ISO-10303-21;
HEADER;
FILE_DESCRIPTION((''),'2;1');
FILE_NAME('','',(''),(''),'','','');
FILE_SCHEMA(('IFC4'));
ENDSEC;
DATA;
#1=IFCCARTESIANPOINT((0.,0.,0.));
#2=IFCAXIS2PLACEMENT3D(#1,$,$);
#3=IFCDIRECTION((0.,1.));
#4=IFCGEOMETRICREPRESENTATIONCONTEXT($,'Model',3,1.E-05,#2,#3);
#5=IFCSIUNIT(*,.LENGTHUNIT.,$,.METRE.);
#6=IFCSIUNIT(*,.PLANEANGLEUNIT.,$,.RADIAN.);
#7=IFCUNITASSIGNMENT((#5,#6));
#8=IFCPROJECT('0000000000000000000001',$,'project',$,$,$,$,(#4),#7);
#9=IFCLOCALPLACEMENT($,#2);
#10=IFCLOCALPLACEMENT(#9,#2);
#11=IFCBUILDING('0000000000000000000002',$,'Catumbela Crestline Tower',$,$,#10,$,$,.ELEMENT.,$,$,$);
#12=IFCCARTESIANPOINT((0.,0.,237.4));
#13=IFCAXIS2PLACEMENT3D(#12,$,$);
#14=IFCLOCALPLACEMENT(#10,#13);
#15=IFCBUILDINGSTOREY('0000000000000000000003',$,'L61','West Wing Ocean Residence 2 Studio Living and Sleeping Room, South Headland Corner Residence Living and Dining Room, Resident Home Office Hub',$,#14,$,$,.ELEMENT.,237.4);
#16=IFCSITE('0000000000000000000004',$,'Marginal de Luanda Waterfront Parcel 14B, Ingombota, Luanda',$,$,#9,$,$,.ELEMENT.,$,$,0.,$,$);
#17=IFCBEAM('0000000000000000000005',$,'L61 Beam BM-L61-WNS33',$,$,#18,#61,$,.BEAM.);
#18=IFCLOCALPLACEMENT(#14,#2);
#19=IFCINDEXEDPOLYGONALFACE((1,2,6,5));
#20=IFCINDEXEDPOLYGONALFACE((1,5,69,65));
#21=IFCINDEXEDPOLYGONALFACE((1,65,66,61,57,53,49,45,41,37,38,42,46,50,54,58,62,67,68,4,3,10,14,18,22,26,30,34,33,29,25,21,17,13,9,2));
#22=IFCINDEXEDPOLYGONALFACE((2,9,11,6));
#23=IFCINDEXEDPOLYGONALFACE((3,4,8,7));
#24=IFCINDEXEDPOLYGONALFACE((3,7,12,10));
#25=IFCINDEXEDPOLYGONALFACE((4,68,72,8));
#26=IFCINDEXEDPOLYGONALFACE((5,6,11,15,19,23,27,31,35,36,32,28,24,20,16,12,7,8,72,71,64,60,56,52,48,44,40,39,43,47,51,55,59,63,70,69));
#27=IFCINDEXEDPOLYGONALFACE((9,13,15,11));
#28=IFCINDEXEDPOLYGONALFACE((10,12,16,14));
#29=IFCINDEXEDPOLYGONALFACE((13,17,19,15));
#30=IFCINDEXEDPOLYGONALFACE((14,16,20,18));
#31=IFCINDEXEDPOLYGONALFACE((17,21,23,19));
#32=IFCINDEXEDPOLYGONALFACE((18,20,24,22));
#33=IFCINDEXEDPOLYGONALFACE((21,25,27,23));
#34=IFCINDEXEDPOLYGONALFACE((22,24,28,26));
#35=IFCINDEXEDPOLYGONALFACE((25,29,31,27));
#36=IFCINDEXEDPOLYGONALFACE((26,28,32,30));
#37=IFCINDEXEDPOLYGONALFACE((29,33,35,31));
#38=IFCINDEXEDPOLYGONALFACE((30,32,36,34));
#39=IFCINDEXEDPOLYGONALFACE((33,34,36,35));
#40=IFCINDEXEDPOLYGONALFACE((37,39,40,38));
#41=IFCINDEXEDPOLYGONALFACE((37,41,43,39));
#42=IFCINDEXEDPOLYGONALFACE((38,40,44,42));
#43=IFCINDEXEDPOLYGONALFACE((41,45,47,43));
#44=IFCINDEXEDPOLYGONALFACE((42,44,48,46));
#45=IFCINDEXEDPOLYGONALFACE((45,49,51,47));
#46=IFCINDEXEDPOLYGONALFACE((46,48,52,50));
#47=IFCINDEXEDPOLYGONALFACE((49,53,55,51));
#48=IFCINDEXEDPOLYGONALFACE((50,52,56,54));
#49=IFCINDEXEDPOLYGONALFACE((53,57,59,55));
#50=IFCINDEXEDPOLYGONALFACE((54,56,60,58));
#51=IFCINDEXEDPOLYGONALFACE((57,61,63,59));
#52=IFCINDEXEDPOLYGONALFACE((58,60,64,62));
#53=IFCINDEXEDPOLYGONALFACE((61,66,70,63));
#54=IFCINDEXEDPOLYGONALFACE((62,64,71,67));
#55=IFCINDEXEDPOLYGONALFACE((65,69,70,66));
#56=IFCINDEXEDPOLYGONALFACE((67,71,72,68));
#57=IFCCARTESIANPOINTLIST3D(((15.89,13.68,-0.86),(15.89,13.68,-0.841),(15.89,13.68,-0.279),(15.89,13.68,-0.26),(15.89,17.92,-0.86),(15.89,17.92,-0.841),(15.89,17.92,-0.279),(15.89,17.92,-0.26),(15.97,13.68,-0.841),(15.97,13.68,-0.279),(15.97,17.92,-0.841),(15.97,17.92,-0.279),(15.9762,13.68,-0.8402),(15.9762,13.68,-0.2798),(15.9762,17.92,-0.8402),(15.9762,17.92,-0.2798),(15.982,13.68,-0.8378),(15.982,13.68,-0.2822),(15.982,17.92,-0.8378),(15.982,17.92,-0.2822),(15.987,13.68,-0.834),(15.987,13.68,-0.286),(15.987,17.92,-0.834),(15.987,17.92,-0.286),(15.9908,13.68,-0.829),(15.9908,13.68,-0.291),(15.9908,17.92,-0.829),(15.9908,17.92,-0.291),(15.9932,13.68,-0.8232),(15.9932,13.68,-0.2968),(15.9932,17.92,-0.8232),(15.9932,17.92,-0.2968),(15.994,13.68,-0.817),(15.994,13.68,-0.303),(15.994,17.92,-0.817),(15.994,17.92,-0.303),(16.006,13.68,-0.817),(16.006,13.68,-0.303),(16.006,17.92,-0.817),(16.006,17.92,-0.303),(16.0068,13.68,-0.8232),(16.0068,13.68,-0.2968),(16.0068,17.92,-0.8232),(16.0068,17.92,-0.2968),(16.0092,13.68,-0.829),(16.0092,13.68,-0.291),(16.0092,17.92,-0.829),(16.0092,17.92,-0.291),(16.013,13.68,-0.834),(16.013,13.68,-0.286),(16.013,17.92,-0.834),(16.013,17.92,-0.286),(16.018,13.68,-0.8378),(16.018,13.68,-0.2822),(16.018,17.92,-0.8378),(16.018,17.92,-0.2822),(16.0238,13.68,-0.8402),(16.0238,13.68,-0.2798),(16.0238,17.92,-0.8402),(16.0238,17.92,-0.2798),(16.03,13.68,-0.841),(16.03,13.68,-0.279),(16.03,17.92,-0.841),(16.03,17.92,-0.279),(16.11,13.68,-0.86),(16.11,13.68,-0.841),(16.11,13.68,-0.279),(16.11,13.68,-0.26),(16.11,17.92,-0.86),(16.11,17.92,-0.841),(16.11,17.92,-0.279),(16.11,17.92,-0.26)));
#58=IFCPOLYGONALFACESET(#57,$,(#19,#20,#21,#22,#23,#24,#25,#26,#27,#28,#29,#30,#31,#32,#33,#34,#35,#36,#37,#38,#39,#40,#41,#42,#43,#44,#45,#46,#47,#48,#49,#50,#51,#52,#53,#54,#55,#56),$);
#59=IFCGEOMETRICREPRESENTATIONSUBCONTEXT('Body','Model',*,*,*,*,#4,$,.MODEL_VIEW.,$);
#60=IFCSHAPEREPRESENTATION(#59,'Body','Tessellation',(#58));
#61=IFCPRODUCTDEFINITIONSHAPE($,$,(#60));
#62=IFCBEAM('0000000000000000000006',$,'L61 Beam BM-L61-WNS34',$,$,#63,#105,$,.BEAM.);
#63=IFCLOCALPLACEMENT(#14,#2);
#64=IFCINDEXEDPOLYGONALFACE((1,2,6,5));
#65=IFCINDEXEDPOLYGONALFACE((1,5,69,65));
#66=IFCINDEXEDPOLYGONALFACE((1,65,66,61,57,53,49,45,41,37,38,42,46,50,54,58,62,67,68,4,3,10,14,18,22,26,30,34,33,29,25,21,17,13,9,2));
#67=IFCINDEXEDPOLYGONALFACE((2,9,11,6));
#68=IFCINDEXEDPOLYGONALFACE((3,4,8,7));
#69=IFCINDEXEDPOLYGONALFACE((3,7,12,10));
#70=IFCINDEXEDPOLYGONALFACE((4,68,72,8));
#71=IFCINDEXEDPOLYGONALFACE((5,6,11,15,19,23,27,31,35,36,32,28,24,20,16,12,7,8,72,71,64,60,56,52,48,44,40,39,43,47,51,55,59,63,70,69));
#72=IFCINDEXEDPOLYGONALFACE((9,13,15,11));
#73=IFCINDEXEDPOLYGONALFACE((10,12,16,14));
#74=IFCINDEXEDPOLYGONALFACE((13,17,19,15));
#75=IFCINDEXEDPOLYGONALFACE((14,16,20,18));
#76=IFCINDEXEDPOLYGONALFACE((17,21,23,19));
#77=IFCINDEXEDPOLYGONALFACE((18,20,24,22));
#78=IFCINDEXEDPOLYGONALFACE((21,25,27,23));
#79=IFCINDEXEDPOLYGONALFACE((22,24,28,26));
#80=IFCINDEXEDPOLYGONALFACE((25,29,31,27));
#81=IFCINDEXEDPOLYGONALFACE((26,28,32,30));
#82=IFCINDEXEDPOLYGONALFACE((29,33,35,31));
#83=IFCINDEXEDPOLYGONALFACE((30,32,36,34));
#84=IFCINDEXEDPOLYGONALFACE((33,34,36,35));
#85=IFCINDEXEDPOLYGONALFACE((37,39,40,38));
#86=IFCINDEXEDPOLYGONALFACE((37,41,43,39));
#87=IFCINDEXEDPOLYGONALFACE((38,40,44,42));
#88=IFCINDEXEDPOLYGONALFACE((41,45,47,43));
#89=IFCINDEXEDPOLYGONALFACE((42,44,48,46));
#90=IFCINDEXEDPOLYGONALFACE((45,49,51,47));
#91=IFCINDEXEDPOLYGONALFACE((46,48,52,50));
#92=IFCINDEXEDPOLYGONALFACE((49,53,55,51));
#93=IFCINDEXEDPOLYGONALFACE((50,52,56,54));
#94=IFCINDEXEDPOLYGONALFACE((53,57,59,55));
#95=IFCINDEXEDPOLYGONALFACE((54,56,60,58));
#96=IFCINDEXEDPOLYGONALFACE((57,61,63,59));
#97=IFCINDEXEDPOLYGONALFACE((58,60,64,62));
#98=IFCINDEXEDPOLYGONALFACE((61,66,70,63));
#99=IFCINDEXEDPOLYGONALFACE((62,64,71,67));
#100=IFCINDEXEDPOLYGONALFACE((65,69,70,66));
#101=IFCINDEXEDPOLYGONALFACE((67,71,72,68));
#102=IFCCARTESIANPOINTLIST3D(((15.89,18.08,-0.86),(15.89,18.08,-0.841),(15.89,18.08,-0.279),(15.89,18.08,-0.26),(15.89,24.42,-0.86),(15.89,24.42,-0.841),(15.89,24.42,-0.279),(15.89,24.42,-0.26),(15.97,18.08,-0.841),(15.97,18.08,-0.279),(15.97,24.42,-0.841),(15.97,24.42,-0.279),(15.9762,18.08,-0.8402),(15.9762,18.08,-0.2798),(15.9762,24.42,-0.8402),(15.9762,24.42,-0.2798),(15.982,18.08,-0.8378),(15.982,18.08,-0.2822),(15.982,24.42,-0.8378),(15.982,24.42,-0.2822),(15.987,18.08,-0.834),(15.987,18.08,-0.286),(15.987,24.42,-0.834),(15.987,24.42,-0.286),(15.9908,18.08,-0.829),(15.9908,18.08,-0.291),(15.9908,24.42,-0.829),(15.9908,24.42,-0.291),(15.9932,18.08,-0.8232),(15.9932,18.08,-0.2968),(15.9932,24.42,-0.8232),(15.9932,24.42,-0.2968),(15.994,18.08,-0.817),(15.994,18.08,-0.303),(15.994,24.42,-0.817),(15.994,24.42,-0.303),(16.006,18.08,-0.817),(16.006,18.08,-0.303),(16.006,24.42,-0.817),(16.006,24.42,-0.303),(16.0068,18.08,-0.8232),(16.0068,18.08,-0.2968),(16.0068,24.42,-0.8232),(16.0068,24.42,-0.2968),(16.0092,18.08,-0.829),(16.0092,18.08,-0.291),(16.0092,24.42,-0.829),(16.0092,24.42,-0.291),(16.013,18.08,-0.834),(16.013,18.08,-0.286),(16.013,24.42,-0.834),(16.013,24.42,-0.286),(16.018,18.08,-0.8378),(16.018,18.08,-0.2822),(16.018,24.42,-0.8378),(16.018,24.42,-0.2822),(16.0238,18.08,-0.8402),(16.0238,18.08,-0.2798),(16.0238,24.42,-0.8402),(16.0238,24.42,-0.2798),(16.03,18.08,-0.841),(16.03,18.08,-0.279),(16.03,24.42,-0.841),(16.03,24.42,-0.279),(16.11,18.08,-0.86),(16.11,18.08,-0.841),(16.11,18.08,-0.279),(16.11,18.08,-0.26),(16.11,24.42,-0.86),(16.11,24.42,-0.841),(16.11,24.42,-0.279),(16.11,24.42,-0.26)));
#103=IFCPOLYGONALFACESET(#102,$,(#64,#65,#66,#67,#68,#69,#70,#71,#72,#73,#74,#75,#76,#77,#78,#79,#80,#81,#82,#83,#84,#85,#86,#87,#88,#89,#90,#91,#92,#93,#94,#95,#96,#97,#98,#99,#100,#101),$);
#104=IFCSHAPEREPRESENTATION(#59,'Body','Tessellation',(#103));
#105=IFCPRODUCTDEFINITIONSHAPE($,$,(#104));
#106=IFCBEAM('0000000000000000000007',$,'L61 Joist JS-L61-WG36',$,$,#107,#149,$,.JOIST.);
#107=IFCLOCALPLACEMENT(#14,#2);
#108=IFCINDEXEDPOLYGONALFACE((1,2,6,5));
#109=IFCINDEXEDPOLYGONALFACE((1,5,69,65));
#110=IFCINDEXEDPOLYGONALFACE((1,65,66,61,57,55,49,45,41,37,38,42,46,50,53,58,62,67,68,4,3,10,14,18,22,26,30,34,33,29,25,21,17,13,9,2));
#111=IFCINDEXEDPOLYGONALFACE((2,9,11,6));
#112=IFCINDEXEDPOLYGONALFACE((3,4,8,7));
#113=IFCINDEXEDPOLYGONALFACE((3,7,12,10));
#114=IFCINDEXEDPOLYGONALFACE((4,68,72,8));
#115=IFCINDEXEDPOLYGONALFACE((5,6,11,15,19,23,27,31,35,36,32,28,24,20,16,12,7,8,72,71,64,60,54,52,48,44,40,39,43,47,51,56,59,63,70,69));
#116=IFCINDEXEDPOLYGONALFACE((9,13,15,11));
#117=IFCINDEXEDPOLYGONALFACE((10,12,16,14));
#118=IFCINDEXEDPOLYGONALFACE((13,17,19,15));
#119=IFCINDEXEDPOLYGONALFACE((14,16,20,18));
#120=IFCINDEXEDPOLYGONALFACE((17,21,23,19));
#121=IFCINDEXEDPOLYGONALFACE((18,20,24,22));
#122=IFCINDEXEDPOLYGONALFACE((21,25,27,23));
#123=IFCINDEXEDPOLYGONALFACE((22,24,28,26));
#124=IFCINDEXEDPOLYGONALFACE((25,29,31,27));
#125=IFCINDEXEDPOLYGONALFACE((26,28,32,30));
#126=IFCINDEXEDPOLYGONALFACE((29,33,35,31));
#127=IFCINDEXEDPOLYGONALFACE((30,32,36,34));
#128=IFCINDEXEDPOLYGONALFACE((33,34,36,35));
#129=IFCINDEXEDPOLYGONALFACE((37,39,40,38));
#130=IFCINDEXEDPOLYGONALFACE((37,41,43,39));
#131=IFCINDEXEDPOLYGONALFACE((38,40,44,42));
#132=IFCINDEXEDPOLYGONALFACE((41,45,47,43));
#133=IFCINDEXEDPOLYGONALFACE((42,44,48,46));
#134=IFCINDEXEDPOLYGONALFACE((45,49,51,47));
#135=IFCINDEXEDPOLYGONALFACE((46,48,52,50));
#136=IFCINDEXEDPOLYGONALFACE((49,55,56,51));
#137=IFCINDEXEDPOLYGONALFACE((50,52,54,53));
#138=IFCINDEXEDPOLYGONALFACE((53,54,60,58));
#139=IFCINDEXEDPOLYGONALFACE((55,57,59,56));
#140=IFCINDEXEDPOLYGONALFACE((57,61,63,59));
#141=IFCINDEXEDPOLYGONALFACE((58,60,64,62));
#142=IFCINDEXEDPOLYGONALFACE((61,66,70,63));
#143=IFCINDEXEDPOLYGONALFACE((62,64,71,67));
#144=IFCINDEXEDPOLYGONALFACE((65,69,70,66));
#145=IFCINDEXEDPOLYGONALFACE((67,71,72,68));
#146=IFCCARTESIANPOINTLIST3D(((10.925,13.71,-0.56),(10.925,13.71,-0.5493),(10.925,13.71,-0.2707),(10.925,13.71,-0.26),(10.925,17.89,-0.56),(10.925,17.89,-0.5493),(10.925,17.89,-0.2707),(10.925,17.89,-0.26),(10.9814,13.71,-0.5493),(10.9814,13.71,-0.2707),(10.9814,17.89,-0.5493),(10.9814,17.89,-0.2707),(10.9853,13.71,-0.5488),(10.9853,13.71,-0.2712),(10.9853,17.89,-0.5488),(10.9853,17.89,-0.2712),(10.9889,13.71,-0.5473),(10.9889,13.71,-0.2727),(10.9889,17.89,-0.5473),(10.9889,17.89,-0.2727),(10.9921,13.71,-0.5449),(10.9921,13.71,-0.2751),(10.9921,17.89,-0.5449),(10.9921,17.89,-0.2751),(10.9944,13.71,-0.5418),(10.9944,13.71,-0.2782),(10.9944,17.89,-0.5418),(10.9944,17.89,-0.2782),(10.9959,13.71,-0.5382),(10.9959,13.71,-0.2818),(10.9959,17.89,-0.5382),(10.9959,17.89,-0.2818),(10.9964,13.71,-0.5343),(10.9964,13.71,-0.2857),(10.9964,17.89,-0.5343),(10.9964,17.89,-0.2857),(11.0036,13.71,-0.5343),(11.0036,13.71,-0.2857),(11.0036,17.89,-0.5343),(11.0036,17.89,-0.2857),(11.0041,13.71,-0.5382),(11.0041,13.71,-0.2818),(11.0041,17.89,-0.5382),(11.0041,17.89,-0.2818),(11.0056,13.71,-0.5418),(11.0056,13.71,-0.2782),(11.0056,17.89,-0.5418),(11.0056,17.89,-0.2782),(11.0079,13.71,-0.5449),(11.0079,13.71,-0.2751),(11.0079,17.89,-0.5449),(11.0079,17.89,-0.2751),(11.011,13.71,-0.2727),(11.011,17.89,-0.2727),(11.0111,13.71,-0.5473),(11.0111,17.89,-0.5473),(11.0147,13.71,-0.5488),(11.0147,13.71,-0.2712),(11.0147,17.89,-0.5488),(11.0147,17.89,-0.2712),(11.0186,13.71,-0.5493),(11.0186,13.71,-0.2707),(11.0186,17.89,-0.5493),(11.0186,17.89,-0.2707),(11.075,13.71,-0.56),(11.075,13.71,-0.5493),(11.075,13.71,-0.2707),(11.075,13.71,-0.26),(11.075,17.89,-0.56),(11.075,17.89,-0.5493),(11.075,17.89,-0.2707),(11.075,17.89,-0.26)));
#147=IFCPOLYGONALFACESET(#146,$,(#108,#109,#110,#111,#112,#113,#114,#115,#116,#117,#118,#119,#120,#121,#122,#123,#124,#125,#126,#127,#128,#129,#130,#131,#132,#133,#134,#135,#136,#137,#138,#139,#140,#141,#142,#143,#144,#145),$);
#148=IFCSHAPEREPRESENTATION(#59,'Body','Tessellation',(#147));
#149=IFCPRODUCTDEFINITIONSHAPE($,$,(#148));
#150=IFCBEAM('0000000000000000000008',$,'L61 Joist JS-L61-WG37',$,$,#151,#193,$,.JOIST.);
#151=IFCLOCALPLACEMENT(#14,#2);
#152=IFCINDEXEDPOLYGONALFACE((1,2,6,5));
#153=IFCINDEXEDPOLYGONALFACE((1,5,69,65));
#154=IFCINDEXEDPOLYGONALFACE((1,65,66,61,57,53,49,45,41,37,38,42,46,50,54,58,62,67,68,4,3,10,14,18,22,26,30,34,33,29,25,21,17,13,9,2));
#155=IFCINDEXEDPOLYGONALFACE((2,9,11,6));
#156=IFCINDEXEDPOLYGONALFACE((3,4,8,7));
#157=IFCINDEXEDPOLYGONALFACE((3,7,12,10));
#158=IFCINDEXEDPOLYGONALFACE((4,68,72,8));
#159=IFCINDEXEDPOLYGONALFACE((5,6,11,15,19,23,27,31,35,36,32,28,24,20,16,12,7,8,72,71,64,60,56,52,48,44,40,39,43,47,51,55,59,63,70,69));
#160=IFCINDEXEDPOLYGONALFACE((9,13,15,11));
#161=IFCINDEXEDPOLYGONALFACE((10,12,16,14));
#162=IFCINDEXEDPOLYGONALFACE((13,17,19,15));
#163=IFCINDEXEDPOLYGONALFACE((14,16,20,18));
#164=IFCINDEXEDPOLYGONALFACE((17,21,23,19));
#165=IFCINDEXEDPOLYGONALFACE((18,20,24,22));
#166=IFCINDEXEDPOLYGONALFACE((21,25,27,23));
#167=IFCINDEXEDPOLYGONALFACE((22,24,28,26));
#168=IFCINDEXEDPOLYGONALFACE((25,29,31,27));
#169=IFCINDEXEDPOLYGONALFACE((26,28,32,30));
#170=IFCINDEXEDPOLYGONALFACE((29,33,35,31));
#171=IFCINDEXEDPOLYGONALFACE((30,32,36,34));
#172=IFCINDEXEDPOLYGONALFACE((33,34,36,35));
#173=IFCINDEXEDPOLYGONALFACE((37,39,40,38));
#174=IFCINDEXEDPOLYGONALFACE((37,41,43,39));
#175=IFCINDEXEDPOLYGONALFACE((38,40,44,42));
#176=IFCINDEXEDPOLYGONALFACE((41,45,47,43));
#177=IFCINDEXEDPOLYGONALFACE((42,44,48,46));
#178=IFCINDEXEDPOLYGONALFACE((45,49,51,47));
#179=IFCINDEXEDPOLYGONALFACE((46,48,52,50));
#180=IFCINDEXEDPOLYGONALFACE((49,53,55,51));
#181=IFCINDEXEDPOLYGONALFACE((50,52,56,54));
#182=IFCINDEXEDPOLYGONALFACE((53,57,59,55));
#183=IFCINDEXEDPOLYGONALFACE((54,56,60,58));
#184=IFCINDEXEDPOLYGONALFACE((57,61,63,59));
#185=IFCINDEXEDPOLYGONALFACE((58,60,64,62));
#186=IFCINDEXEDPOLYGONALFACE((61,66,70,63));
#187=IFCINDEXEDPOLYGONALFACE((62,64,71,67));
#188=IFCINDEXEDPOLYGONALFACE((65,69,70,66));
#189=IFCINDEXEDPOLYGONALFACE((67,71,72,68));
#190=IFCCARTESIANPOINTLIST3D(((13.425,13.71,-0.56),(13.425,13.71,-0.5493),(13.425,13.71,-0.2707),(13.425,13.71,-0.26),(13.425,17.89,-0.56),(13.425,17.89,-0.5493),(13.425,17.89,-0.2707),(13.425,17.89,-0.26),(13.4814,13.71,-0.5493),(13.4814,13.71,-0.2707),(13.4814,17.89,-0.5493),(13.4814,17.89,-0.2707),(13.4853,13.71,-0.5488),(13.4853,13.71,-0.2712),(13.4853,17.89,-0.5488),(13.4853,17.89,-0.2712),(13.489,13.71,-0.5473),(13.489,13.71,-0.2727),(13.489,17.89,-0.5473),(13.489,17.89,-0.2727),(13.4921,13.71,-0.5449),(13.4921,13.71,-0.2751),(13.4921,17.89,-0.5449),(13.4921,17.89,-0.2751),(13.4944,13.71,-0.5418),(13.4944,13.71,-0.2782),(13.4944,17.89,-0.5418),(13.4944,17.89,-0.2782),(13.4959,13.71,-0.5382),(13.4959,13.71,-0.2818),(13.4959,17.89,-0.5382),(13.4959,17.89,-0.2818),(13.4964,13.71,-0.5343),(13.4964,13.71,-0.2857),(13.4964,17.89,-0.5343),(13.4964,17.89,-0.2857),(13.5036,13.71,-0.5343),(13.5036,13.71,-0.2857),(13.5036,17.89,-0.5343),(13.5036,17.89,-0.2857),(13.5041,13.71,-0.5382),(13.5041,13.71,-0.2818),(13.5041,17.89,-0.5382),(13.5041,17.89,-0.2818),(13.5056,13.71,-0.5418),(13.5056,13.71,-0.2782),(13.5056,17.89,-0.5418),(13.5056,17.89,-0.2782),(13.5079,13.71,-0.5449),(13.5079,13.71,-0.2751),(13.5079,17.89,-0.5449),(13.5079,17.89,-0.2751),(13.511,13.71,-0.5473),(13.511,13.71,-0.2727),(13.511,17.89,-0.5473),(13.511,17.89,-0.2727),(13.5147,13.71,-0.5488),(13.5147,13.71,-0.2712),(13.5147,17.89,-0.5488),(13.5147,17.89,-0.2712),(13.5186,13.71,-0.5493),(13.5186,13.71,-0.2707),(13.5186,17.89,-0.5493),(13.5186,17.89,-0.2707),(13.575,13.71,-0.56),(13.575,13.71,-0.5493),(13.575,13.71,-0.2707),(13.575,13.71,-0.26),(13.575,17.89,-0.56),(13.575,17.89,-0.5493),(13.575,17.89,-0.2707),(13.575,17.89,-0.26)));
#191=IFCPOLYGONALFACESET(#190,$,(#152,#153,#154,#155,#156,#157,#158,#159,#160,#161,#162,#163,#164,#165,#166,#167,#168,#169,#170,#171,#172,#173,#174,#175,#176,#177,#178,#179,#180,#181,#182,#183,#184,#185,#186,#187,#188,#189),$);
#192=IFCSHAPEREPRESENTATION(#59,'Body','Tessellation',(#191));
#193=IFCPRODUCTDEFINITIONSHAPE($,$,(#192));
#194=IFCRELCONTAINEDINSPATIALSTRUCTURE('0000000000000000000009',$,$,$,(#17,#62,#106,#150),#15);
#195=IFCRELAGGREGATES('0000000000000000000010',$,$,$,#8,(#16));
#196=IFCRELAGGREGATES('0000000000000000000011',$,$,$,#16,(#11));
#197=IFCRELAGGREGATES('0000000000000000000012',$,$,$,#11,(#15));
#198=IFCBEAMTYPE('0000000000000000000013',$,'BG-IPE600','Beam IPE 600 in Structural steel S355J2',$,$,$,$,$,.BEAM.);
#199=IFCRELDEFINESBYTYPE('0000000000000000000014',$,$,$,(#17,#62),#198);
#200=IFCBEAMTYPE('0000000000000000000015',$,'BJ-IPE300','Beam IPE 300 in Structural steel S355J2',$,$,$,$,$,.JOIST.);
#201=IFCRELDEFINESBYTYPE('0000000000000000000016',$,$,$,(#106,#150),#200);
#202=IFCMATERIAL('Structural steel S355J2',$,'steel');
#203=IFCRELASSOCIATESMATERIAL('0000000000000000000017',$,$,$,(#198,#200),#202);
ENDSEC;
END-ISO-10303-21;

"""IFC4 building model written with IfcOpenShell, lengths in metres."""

from ifc_helpers import new_model, si_unit, direction, frame, origin, origin_2d, place, context, subcontext, project, spatial, i_section, extrude, material, material_profile, profile_set, type_object, element, save


model = new_model("IFC4")

# Units and contexts
model_context = context("Model", 3, precision=1e-05, world=origin(), true_north=direction((0.0, 1.0)))
body_context = subcontext(model_context, "Body", "Model", "MODEL_VIEW")
ifc_project = project(units=[si_unit("LENGTHUNIT", "METRE"), si_unit("PLANEANGLEUNIT", "RADIAN")], contexts=[model_context])

# Site, building, storey
site_placement = place(None, origin())
site = spatial("IfcSite", under=ifc_project, at=site_placement, Name="Marginal de Luanda Waterfront Parcel 14B, Ingombota, Luanda", CompositionType="ELEMENT", RefElevation=0.0)
building_placement = place(site_placement, origin())
building = spatial("IfcBuilding", under=site, at=building_placement, Name="Catumbela Crestline Tower", CompositionType="ELEMENT")
storey_placement = place(building_placement, frame((0.0, 0.0, 237.4)))
storey = spatial("IfcBuildingStorey", under=building, at=storey_placement, Name="L61", Description="West Wing Ocean Residence 2 Studio Living and Sleeping Room, South Headland Corner Residence Living and Dining Room, Resident Home Office Hub", CompositionType="ELEMENT", Elevation=237.4)

# Shared definitions
ifc_material_1 = material(Name="Structural steel S355J2", Category="steel")

# Beams
ifc_material_profile_1 = material_profile(ifc_material_1, i_section(OverallWidth=0.22, OverallDepth=0.6, WebThickness=0.012, FlangeThickness=0.019, FilletRadius=0.024, at=origin_2d()), Name="IPE 600")
ifc_profile_set_1 = profile_set([ifc_material_profile_1], Name="Structural steel S355J2")
beam_type_1 = type_object("IfcBeamType", Name="BG-IPE600", Description="Beam IPE 600 in Structural steel S355J2", PredefinedType="BEAM", material=ifc_profile_set_1)
beam_1_placement = place(storey_placement, frame((16.0, 13.68, -0.56), z_axis=(0.0, 1.0, 0.0), x_axis=(-1.0, 0.0, 0.0)))
element("IfcBeam", 1, at=beam_1_placement, inside=storey, type_object=beam_type_1, Name="L61 Beam BM-L61-WNS33", PredefinedType="BEAM", context=body_context, shape_type="SweptSolid", body=[
    extrude(i_section(OverallWidth=0.22, OverallDepth=0.6, WebThickness=0.012, FlangeThickness=0.019, FilletRadius=0.024, at=origin_2d()), origin(), (0.0, 0.0, 1.0), 4.24),
])
beam_2_placement = place(storey_placement, frame((16.0, 18.08, -0.56), z_axis=(0.0, 1.0, 0.0), x_axis=(-1.0, 0.0, 0.0)))
element("IfcBeam", 2, at=beam_2_placement, inside=storey, type_object=beam_type_1, Name="L61 Beam BM-L61-WNS34", PredefinedType="BEAM", context=body_context, shape_type="SweptSolid", body=[
    extrude(i_section(OverallWidth=0.22, OverallDepth=0.6, WebThickness=0.012, FlangeThickness=0.019, FilletRadius=0.024, at=origin_2d()), origin(), (0.0, 0.0, 1.0), 6.34),
])
ifc_material_profile_2 = material_profile(ifc_material_1, i_section(OverallWidth=0.15, OverallDepth=0.3, WebThickness=0.0071, FlangeThickness=0.0107, FilletRadius=0.015, at=origin_2d()), Name="IPE 300")
ifc_profile_set_2 = profile_set([ifc_material_profile_2], Name="Structural steel S355J2")
beam_type_2 = type_object("IfcBeamType", Name="BJ-IPE300", Description="Beam IPE 300 in Structural steel S355J2", PredefinedType="JOIST", material=ifc_profile_set_2)
for number, where, z_axis, x_axis, name in (
    (3, (11.0, 13.71, -0.41), (0.0, 1.0, 0.0), (-1.0, 0.0, 0.0), "L61 Joist JS-L61-WG36"),
    (4, (13.5, 13.71, -0.41), (0.0, 1.0, 0.0), (-1.0, 0.0, 0.0), "L61 Joist JS-L61-WG37"),
):
    element("IfcBeam", number, at=place(storey_placement, frame(where, z_axis=z_axis, x_axis=x_axis)), inside=storey, type_object=beam_type_2, Name=name, PredefinedType="JOIST", context=body_context, shape_type="SweptSolid", body=[
        extrude(i_section(OverallWidth=0.15, OverallDepth=0.3, WebThickness=0.0071, FlangeThickness=0.0107, FilletRadius=0.015, at=origin_2d()), origin(), (0.0, 0.0, 1.0), 4.18),
    ])

save(model, "model.ifc")
